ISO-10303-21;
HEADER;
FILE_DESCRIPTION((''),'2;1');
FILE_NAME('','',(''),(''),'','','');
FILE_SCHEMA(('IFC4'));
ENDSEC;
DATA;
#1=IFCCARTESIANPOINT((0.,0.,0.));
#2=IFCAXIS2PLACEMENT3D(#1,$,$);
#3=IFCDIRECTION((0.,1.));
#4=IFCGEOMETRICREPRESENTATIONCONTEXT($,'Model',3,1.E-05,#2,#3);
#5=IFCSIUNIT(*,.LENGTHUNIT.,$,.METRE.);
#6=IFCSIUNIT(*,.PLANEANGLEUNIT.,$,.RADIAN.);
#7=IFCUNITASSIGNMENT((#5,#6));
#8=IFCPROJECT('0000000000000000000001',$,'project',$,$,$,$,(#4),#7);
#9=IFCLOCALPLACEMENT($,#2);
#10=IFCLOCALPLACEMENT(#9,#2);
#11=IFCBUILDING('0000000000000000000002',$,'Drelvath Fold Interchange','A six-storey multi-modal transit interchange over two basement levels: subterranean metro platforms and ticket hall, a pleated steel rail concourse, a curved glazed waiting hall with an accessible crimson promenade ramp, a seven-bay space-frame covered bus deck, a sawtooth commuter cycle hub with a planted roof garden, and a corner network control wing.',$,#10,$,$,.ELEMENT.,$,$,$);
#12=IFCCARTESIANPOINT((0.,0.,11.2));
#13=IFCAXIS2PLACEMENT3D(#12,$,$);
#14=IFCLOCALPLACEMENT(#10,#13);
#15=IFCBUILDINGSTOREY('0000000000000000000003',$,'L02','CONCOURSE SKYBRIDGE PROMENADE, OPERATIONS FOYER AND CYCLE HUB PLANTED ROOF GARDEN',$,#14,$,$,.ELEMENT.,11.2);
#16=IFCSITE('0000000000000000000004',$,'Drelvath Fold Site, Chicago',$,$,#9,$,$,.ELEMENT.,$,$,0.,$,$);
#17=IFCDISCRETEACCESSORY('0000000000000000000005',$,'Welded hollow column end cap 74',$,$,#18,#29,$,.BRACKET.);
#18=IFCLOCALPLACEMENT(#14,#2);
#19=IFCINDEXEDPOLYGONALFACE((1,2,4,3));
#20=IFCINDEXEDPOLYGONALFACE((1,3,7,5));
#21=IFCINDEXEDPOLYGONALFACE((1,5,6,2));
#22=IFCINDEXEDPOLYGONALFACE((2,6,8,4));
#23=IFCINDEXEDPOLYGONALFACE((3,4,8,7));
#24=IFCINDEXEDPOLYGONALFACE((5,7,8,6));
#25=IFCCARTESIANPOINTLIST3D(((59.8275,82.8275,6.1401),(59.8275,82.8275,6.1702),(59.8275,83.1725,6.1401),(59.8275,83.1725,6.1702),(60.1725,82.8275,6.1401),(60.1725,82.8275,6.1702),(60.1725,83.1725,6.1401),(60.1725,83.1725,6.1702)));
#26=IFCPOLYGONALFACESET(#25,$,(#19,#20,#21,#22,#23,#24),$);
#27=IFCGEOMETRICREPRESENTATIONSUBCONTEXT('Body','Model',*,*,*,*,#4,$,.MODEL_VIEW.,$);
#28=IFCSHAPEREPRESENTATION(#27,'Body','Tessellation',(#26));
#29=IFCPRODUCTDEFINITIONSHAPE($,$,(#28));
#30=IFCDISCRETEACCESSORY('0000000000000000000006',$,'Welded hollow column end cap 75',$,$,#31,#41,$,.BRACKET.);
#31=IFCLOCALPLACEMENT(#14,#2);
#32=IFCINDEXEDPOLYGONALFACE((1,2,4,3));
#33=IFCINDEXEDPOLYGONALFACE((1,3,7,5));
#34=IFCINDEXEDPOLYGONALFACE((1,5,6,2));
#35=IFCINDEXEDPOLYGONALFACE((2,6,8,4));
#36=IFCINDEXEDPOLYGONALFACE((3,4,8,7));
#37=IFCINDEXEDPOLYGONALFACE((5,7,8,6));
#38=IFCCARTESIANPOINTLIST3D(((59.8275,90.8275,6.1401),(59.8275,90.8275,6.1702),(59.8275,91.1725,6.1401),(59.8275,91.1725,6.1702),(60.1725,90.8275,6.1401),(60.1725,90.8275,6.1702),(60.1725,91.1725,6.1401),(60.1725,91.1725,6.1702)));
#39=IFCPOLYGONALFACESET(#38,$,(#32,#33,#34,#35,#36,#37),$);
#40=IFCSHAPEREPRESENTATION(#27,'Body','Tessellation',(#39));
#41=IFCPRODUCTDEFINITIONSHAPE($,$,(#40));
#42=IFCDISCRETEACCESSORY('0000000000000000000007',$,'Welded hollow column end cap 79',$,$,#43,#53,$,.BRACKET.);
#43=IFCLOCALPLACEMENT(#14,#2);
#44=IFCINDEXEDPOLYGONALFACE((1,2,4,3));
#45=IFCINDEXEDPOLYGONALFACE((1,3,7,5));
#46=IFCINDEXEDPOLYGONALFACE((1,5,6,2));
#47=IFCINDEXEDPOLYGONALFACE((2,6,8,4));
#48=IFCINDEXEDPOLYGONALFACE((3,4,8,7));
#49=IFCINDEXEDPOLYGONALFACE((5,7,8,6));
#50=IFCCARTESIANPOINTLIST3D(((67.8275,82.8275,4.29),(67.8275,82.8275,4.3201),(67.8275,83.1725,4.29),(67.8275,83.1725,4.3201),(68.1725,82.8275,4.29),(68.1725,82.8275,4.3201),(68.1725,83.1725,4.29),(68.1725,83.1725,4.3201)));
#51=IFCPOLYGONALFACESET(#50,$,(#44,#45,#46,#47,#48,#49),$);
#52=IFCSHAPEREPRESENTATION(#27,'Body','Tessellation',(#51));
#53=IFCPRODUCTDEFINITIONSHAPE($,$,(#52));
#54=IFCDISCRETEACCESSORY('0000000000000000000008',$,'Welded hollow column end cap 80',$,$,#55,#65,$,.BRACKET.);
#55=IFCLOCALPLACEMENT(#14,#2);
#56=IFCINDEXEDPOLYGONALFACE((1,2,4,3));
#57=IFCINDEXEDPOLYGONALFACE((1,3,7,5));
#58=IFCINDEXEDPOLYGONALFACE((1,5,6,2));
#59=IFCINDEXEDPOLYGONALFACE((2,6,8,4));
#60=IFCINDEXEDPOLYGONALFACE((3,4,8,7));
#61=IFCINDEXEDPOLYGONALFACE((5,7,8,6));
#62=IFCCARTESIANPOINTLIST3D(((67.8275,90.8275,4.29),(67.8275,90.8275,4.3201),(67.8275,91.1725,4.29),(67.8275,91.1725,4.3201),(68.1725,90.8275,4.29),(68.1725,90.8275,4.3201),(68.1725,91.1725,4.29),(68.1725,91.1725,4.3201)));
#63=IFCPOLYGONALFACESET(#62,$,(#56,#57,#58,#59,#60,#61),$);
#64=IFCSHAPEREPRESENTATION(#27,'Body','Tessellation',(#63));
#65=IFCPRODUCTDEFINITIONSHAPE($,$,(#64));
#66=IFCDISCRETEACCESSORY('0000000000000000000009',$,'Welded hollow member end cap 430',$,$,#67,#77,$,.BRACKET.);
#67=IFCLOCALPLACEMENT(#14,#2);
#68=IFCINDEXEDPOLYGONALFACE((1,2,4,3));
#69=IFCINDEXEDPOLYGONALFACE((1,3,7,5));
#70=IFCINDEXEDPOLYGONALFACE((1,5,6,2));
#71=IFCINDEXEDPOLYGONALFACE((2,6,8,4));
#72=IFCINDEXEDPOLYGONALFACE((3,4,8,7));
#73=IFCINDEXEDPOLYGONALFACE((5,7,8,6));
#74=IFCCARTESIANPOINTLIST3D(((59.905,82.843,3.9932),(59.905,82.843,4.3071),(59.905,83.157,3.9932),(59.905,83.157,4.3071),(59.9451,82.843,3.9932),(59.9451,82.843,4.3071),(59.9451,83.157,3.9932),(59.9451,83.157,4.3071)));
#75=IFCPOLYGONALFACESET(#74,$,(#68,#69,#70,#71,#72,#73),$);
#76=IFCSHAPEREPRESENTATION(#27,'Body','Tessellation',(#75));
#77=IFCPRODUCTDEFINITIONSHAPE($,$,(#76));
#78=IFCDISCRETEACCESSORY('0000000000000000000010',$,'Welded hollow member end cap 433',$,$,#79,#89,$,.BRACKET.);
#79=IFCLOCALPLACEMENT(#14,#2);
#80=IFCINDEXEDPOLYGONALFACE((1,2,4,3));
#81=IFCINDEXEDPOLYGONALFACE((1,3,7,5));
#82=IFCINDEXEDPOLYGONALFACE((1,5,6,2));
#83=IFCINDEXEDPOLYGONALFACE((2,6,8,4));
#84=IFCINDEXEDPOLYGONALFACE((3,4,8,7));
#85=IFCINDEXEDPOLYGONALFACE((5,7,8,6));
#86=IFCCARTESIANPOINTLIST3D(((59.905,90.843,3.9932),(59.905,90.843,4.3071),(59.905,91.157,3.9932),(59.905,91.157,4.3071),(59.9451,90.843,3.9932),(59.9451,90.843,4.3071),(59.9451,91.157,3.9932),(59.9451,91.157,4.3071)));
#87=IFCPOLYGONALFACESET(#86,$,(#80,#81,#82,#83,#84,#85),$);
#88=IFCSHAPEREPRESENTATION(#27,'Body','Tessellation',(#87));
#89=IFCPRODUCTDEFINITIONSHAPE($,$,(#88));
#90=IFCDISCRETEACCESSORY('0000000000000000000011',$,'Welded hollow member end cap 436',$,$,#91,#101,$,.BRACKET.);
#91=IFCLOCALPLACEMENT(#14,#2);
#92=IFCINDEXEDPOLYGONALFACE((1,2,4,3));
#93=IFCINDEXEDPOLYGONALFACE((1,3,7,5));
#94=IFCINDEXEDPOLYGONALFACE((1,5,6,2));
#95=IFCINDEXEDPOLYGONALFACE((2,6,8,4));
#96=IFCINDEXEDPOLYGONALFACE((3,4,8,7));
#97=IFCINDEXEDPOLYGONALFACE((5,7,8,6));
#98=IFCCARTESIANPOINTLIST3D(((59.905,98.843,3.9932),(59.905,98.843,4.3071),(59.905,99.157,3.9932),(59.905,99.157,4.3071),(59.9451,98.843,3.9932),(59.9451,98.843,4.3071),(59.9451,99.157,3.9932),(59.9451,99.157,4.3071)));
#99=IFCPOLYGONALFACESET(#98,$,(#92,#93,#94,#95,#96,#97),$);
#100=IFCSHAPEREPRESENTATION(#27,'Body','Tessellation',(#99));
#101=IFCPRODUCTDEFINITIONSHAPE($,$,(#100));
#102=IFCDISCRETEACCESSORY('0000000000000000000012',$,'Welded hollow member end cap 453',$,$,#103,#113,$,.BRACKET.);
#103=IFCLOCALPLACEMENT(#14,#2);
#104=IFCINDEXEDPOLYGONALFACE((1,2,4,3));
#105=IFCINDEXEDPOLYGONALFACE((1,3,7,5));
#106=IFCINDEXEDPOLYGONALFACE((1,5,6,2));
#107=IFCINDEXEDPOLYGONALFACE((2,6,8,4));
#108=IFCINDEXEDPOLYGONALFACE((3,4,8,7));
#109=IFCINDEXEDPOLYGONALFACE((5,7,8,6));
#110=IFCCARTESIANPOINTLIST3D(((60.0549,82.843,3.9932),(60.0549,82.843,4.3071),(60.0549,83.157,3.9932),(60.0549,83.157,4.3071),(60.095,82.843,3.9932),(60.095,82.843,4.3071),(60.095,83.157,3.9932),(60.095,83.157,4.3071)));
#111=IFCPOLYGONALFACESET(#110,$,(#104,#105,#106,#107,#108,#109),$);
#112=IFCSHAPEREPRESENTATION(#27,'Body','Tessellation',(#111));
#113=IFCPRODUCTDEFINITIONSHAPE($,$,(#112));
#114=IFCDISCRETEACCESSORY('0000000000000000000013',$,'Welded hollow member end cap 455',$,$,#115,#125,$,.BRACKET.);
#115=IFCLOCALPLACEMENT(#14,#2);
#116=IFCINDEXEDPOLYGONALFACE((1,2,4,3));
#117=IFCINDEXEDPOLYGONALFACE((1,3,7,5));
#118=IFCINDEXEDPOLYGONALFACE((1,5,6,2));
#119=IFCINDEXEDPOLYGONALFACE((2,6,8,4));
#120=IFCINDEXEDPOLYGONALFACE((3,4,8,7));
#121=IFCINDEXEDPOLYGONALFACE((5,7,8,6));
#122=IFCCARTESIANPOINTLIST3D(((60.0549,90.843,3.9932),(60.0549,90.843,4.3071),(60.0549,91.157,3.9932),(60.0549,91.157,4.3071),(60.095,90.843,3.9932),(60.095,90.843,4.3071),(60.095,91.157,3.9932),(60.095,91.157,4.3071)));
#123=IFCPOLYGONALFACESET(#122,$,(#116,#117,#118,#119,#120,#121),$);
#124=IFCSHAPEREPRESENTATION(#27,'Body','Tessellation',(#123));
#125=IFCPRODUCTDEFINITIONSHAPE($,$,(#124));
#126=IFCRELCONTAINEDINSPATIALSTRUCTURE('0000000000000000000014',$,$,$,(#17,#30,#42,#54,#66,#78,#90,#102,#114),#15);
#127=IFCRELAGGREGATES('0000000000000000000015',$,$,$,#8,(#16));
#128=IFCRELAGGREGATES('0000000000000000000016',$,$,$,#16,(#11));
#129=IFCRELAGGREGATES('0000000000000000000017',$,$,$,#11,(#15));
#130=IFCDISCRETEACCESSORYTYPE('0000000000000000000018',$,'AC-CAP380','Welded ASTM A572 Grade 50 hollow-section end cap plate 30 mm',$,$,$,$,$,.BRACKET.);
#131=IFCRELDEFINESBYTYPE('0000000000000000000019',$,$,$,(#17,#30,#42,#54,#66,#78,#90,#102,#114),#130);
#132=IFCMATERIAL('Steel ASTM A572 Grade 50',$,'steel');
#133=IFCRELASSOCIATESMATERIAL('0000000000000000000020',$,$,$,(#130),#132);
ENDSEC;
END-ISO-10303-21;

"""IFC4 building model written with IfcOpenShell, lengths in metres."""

from ifc_helpers import new_model, si_unit, direction, frame, origin, origin_2d, place, context, subcontext, project, spatial, rectangle, extrude, material, type_object, element, save


model = new_model("IFC4")

# Units and contexts
model_context = context("Model", 3, precision=1e-05, world=origin(), true_north=direction((0.0, 1.0)))
body_context = subcontext(model_context, "Body", "Model", "MODEL_VIEW")
ifc_project = project(units=[si_unit("LENGTHUNIT", "METRE"), si_unit("PLANEANGLEUNIT", "RADIAN")], contexts=[model_context])

# Site, building, storey
site_placement = place(None, origin())
site = spatial("IfcSite", under=ifc_project, at=site_placement, Name="Drelvath Fold Site, Chicago", CompositionType="ELEMENT", RefElevation=0.0)
building_placement = place(site_placement, origin())
building = spatial("IfcBuilding", under=site, at=building_placement, Name="Drelvath Fold Interchange", Description="A six-storey multi-modal transit interchange over two basement levels: subterranean metro platforms and ticket hall, a pleated steel rail concourse, a curved glazed waiting hall with an accessible crimson promenade ramp, a seven-bay space-frame covered bus deck, a sawtooth commuter cycle hub with a planted roof garden, and a corner network control wing.", CompositionType="ELEMENT")
storey_placement = place(building_placement, frame((0.0, 0.0, 11.2)))
storey = spatial("IfcBuildingStorey", under=building, at=storey_placement, Name="L02", Description="CONCOURSE SKYBRIDGE PROMENADE, OPERATIONS FOYER AND CYCLE HUB PLANTED ROOF GARDEN", CompositionType="ELEMENT", Elevation=11.2)

# Discrete accessories
ifc_material_1 = material(Name="Steel ASTM A572 Grade 50", Category="steel")
discrete_accessory_type = type_object("IfcDiscreteAccessoryType", Name="AC-CAP380", Description="Welded ASTM A572 Grade 50 hollow-section end cap plate 30 mm", PredefinedType="BRACKET", material=ifc_material_1)
for number, where, z_axis, x_axis, name in (
    (1, (60.0, 83.0, 6.1401), (0.0, 0.0, 1.0), (1.0, 0.0, 0.0), "Welded hollow column end cap 74"),
    (2, (60.0, 91.0, 6.1401), (0.0, 0.0, 1.0), (1.0, 0.0, 0.0), "Welded hollow column end cap 75"),
    (3, (68.0, 83.0, 4.29), (0.0, 0.0, 1.0), (1.0, 0.0, 0.0), "Welded hollow column end cap 79"),
    (4, (68.0, 91.0, 4.29), (0.0, 0.0, 1.0), (1.0, 0.0, 0.0), "Welded hollow column end cap 80"),
):
    element("IfcDiscreteAccessory", number, at=place(storey_placement, frame(where, z_axis=z_axis, x_axis=x_axis)), inside=storey, type_object=discrete_accessory_type, Name=name, PredefinedType="BRACKET", context=body_context, shape_type="SweptSolid", body=[
        extrude(rectangle(XDim=0.345, YDim=0.345, at=origin_2d()), origin(), (0.0, 0.0, 1.0), 0.03),
    ])
for number, where, z_axis, x_axis, name in (
    (5, (59.925, 83.0, 3.9932), (0.0, 0.0, 1.0), (1.0, 0.0, 0.0), "Welded hollow member end cap 430"),
    (6, (59.925, 91.0, 3.9932), (0.0, 0.0, 1.0), (1.0, 0.0, 0.0), "Welded hollow member end cap 433"),
    (7, (59.925, 99.0, 3.9932), (0.0, 0.0, 1.0), (1.0, 0.0, 0.0), "Welded hollow member end cap 436"),
    (8, (60.075, 83.0, 3.9932), (0.0, 0.0, 1.0), (1.0, 0.0, 0.0), "Welded hollow member end cap 453"),
    (9, (60.075, 91.0, 3.9932), (0.0, 0.0, 1.0), (1.0, 0.0, 0.0), "Welded hollow member end cap 455"),
):
    element("IfcDiscreteAccessory", number, at=place(storey_placement, frame(where, z_axis=z_axis, x_axis=x_axis)), inside=storey, type_object=discrete_accessory_type, Name=name, PredefinedType="BRACKET", context=body_context, shape_type="SweptSolid", body=[
        extrude(rectangle(XDim=0.04, YDim=0.314, at=origin_2d()), origin(), (0.0, 0.0, 1.0), 0.314),
    ])

save(model, "model.ifc")
